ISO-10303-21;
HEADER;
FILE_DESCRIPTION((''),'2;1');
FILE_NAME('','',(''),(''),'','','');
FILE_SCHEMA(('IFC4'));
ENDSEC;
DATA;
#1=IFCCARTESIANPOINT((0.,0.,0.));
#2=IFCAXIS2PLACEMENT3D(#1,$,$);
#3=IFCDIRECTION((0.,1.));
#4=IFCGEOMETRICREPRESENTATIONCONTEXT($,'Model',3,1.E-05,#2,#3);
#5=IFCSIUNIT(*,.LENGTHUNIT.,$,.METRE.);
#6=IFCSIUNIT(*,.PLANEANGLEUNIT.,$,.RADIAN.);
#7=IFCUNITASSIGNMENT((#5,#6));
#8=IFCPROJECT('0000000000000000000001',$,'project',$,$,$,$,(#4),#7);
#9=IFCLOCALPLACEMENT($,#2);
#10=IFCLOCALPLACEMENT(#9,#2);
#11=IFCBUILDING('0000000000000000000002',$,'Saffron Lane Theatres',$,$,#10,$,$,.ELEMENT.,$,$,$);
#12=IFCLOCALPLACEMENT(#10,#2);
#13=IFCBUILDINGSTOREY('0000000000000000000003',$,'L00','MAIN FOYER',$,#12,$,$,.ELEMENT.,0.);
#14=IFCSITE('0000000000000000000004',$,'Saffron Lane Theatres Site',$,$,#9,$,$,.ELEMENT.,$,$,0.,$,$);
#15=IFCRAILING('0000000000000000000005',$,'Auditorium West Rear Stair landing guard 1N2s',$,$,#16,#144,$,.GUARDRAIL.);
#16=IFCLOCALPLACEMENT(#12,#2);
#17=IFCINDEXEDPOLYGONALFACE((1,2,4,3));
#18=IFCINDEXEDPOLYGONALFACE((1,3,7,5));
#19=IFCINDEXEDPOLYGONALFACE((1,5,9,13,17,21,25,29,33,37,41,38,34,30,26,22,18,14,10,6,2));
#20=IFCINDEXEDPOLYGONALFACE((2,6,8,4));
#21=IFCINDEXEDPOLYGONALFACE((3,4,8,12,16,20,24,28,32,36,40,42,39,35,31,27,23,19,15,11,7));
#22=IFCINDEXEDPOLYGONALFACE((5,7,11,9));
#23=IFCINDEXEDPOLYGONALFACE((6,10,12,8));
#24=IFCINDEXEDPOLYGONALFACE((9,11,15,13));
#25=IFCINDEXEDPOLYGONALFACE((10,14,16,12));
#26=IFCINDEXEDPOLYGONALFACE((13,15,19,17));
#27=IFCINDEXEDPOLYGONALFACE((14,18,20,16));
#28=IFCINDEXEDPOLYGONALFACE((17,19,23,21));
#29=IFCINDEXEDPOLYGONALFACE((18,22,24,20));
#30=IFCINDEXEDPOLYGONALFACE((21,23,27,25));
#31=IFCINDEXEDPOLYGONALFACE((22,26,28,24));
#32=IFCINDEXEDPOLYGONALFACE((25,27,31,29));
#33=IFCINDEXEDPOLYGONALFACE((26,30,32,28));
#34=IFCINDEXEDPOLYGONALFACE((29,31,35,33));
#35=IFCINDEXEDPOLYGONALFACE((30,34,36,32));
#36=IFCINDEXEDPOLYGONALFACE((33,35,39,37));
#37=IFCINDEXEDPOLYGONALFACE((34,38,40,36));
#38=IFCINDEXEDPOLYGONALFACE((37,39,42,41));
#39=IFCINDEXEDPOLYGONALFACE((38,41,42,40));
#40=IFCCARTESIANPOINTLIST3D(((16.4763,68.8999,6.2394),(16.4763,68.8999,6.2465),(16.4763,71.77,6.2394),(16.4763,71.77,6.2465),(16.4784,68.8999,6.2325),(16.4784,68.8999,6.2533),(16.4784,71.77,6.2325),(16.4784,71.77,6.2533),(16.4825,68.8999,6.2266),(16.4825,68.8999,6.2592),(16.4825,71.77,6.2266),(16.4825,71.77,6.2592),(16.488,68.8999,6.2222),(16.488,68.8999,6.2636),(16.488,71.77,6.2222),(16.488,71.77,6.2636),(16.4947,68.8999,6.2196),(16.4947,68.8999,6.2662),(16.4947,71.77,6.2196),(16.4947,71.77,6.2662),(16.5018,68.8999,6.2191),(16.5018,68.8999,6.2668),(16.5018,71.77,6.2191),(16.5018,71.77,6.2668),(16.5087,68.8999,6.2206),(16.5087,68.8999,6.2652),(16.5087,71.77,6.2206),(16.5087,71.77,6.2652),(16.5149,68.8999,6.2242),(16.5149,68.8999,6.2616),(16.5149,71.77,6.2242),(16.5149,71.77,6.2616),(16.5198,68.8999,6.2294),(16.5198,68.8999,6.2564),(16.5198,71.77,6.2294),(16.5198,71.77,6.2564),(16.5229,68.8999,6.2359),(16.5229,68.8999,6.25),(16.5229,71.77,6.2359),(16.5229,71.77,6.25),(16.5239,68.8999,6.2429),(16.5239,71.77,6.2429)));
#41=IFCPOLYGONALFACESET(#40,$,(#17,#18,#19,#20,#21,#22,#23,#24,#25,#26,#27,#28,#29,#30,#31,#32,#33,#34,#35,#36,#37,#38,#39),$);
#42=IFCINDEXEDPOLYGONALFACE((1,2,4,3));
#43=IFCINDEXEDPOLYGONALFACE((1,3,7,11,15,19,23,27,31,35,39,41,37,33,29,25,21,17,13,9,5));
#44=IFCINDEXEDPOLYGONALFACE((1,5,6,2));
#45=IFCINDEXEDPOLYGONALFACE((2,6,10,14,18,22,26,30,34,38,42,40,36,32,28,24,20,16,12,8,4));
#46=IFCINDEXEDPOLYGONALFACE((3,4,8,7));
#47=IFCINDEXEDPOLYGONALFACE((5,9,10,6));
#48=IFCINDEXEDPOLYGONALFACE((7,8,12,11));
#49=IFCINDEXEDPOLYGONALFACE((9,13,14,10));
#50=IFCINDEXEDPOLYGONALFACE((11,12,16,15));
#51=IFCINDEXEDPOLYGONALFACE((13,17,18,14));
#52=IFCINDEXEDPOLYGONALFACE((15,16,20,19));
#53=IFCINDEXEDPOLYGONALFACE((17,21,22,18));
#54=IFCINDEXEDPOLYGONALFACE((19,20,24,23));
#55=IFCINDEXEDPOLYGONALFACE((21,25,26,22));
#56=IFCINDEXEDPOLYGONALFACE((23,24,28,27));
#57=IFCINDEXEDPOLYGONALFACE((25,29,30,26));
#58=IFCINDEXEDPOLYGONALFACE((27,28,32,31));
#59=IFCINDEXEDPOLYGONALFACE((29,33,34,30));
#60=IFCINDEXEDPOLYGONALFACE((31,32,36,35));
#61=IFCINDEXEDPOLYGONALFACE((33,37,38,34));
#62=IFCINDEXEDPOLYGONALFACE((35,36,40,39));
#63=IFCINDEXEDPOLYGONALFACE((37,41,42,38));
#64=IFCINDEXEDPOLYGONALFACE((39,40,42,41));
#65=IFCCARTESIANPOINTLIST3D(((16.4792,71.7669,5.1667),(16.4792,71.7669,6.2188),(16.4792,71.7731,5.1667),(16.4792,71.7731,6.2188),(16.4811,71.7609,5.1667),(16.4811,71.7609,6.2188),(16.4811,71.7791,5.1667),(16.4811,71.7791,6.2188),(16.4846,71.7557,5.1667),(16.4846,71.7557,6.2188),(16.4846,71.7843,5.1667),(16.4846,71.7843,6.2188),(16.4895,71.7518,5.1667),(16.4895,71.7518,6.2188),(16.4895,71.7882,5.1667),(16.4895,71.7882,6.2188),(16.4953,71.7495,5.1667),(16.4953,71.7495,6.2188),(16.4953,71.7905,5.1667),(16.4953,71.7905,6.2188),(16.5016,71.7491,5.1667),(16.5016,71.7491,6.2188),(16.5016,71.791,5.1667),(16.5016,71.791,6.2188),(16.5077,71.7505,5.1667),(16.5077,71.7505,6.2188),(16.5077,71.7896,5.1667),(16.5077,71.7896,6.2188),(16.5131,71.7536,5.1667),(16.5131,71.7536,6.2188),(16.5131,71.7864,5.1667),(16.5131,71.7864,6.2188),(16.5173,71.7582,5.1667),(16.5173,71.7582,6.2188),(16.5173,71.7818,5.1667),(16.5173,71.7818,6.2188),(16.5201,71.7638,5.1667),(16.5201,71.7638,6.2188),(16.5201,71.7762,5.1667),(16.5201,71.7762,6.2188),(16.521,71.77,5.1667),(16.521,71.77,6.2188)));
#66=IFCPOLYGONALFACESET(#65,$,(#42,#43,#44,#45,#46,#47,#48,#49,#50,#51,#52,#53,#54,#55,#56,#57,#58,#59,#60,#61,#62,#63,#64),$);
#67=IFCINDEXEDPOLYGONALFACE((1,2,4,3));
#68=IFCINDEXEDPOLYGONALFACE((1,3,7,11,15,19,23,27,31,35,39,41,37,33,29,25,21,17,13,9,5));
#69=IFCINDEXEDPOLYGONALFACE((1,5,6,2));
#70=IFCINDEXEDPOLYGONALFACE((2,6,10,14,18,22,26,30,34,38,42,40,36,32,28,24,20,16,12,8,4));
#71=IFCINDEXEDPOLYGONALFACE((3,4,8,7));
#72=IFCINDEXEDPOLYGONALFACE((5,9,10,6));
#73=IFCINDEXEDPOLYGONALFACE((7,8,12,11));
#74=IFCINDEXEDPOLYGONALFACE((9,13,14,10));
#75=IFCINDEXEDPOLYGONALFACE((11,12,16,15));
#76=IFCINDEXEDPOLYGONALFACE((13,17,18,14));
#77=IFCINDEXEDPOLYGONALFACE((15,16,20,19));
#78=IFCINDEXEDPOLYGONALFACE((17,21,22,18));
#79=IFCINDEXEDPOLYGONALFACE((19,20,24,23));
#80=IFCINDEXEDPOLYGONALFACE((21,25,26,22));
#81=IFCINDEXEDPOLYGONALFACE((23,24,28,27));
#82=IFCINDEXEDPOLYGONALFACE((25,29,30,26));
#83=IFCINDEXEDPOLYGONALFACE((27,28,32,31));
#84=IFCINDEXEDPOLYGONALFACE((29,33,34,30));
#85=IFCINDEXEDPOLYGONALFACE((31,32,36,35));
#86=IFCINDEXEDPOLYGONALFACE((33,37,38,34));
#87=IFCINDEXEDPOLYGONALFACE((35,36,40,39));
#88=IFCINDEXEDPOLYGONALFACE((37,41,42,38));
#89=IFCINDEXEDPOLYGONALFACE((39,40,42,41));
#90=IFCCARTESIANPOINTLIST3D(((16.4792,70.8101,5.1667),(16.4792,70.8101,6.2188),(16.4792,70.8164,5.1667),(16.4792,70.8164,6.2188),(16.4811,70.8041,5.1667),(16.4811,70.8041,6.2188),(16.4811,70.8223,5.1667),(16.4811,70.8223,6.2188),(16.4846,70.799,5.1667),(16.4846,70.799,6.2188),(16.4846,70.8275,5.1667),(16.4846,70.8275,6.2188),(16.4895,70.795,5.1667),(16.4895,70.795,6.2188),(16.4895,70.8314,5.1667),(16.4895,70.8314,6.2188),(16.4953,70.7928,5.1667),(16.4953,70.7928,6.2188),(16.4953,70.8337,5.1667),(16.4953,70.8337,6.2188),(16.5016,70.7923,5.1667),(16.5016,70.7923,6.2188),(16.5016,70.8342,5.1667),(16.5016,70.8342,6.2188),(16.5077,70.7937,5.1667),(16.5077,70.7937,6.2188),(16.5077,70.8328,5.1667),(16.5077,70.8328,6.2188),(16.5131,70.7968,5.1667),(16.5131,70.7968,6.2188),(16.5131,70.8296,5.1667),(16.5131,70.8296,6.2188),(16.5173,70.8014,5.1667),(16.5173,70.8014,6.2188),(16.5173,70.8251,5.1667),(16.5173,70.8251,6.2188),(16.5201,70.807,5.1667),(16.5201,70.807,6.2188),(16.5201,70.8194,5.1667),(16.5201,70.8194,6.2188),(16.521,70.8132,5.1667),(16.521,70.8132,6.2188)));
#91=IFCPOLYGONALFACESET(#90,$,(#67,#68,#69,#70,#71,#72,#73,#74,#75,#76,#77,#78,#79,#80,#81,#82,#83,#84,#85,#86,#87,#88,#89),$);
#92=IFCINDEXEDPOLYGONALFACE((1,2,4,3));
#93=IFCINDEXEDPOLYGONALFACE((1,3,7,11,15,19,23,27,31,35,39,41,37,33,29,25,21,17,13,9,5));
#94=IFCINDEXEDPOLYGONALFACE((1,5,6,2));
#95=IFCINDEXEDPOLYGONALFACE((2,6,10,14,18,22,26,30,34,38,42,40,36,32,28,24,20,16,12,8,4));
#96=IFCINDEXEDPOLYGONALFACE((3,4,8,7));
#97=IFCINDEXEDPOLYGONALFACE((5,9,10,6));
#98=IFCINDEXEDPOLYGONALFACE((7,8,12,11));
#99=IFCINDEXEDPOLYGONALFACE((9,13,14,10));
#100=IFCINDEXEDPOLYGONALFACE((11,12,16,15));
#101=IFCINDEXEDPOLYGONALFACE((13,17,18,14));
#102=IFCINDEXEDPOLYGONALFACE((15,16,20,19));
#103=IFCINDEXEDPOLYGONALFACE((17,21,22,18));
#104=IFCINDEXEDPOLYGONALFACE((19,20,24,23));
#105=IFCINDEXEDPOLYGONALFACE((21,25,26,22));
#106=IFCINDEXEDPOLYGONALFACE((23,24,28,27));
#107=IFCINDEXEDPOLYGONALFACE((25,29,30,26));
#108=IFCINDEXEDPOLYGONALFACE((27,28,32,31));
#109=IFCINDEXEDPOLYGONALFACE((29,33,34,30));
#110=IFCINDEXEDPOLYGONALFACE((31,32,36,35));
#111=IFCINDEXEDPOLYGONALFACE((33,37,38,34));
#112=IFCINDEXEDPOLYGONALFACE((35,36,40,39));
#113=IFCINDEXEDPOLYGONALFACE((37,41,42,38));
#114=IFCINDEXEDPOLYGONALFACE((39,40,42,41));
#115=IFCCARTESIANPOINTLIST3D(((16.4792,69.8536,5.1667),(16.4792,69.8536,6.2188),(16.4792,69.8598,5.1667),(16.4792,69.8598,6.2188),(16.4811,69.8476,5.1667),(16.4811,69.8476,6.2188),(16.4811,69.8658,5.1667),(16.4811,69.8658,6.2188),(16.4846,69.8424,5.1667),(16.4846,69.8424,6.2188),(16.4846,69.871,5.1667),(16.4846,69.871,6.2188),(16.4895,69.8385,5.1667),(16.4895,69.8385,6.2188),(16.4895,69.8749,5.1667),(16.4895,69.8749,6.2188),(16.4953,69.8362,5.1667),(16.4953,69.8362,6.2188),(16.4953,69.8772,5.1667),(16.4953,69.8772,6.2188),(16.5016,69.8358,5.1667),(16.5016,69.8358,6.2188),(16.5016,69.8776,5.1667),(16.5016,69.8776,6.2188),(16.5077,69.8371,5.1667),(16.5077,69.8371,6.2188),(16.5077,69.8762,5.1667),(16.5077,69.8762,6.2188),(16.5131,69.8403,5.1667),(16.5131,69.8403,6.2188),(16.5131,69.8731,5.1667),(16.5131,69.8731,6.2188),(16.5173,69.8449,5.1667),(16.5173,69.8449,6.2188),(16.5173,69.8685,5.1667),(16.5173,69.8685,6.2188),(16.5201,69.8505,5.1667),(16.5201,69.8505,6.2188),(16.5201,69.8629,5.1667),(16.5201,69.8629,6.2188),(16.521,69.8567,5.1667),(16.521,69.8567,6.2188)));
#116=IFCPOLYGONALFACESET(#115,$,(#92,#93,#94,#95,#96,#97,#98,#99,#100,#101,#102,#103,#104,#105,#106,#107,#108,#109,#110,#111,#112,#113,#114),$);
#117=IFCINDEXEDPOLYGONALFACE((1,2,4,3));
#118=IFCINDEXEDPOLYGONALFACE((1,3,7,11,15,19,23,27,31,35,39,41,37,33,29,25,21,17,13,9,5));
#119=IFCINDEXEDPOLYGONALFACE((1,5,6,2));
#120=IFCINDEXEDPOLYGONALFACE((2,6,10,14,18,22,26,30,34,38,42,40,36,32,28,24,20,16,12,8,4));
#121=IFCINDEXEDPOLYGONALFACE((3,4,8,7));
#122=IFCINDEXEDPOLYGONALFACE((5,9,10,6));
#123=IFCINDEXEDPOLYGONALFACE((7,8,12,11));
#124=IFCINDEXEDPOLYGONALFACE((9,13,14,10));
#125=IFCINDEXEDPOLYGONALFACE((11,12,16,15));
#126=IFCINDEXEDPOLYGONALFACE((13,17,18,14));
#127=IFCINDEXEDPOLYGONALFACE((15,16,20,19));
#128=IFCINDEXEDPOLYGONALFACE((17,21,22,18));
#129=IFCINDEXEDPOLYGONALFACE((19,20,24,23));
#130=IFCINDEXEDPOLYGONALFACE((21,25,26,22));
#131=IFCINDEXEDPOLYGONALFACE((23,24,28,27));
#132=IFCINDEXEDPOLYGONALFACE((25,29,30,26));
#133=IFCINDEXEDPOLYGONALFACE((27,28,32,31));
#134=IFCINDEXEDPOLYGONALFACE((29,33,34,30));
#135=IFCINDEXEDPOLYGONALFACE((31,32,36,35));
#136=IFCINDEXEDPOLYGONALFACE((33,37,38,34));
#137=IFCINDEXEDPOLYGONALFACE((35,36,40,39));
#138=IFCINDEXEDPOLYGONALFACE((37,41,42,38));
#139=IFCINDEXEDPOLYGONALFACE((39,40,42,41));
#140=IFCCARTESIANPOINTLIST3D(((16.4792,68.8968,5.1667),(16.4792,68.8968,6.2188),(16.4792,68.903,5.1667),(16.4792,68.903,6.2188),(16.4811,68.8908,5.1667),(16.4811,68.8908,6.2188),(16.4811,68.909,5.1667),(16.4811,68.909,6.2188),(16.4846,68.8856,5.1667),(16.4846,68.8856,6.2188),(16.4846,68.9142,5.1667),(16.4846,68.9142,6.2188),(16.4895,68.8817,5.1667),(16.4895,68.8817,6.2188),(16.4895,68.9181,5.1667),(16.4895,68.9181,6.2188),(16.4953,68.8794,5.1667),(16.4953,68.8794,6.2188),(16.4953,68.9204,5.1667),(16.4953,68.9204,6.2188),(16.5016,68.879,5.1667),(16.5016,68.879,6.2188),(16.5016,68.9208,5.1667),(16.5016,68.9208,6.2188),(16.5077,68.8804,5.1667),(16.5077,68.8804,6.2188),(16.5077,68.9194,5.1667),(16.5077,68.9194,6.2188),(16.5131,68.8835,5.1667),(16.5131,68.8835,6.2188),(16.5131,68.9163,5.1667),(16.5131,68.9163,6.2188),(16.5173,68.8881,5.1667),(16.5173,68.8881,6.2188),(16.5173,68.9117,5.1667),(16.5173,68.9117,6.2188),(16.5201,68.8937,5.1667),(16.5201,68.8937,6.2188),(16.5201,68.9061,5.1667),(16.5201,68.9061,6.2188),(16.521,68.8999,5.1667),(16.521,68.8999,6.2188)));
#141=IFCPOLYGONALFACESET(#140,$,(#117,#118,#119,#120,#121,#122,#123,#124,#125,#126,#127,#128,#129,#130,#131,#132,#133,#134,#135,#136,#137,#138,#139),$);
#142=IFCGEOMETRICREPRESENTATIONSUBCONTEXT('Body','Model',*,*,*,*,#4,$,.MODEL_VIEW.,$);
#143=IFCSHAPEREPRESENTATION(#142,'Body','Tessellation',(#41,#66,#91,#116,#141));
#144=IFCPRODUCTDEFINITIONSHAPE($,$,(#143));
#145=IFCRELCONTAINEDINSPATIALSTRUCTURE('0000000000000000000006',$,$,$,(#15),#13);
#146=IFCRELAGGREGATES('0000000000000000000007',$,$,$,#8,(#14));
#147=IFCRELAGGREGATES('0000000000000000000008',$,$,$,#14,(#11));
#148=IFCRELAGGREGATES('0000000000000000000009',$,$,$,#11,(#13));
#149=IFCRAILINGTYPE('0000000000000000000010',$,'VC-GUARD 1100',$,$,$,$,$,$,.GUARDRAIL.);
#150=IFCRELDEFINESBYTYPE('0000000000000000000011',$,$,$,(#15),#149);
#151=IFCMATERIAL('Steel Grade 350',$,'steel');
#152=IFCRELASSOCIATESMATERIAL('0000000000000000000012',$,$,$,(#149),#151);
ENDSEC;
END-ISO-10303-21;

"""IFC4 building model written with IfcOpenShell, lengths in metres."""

from ifc_helpers import new_model, si_unit, direction, frame, origin, origin_2d, place, context, subcontext, project, spatial, circle, extrude, material, type_object, element, save


model = new_model("IFC4")

# Units and contexts
model_context = context("Model", 3, precision=1e-05, world=origin(), true_north=direction((0.0, 1.0)))
body_context = subcontext(model_context, "Body", "Model", "MODEL_VIEW")
ifc_project = project(units=[si_unit("LENGTHUNIT", "METRE"), si_unit("PLANEANGLEUNIT", "RADIAN")], contexts=[model_context])

# Site, building, storey
site_placement = place(None, origin())
site = spatial("IfcSite", under=ifc_project, at=site_placement, Name="Saffron Lane Theatres Site", CompositionType="ELEMENT", RefElevation=0.0)
building_placement = place(site_placement, origin())
building = spatial("IfcBuilding", under=site, at=building_placement, Name="Saffron Lane Theatres", CompositionType="ELEMENT")
storey_placement = place(building_placement, origin())
storey = spatial("IfcBuildingStorey", under=building, at=storey_placement, Name="L00", Description="MAIN FOYER", CompositionType="ELEMENT", Elevation=0.0)

# Railing
ifc_material_1 = material(Name="Steel Grade 350", Category="steel")
railing_type_1 = type_object("IfcRailingType", Name="VC-GUARD 1100", PredefinedType="GUARDRAIL", material=ifc_material_1)
railing_1_placement = place(storey_placement, frame((16.5, 71.77, 5.1667)))
element("IfcRailing", 1, at=railing_1_placement, inside=storey, type_object=railing_type_1, Name="Auditorium West Rear Stair landing guard 1N2s", PredefinedType="GUARDRAIL", context=body_context, shape_type="SweptSolid", body=[
    extrude(circle(Radius=0.0239, at=origin_2d()), frame((0.0, 0.0, 1.0762), z_axis=(0.0, -1.0, 0.0), x_axis=(1.0, 0.0, 0.0)), (0.0, 0.0, 1.0), 2.8701),
    extrude(circle(Radius=0.021, at=origin_2d()), origin(), (0.0, 0.0, 1.0), 1.052),
    extrude(circle(Radius=0.021, at=origin_2d()), frame((0.0, -0.9568, 0.0)), (0.0, 0.0, 1.0), 1.052),
    extrude(circle(Radius=0.021, at=origin_2d()), frame((0.0, -1.9133, 0.0)), (0.0, 0.0, 1.0), 1.052),
    extrude(circle(Radius=0.021, at=origin_2d()), frame((0.0, -2.8701, 0.0)), (0.0, 0.0, 1.0), 1.052),
])

save(model, "model.ifc")
